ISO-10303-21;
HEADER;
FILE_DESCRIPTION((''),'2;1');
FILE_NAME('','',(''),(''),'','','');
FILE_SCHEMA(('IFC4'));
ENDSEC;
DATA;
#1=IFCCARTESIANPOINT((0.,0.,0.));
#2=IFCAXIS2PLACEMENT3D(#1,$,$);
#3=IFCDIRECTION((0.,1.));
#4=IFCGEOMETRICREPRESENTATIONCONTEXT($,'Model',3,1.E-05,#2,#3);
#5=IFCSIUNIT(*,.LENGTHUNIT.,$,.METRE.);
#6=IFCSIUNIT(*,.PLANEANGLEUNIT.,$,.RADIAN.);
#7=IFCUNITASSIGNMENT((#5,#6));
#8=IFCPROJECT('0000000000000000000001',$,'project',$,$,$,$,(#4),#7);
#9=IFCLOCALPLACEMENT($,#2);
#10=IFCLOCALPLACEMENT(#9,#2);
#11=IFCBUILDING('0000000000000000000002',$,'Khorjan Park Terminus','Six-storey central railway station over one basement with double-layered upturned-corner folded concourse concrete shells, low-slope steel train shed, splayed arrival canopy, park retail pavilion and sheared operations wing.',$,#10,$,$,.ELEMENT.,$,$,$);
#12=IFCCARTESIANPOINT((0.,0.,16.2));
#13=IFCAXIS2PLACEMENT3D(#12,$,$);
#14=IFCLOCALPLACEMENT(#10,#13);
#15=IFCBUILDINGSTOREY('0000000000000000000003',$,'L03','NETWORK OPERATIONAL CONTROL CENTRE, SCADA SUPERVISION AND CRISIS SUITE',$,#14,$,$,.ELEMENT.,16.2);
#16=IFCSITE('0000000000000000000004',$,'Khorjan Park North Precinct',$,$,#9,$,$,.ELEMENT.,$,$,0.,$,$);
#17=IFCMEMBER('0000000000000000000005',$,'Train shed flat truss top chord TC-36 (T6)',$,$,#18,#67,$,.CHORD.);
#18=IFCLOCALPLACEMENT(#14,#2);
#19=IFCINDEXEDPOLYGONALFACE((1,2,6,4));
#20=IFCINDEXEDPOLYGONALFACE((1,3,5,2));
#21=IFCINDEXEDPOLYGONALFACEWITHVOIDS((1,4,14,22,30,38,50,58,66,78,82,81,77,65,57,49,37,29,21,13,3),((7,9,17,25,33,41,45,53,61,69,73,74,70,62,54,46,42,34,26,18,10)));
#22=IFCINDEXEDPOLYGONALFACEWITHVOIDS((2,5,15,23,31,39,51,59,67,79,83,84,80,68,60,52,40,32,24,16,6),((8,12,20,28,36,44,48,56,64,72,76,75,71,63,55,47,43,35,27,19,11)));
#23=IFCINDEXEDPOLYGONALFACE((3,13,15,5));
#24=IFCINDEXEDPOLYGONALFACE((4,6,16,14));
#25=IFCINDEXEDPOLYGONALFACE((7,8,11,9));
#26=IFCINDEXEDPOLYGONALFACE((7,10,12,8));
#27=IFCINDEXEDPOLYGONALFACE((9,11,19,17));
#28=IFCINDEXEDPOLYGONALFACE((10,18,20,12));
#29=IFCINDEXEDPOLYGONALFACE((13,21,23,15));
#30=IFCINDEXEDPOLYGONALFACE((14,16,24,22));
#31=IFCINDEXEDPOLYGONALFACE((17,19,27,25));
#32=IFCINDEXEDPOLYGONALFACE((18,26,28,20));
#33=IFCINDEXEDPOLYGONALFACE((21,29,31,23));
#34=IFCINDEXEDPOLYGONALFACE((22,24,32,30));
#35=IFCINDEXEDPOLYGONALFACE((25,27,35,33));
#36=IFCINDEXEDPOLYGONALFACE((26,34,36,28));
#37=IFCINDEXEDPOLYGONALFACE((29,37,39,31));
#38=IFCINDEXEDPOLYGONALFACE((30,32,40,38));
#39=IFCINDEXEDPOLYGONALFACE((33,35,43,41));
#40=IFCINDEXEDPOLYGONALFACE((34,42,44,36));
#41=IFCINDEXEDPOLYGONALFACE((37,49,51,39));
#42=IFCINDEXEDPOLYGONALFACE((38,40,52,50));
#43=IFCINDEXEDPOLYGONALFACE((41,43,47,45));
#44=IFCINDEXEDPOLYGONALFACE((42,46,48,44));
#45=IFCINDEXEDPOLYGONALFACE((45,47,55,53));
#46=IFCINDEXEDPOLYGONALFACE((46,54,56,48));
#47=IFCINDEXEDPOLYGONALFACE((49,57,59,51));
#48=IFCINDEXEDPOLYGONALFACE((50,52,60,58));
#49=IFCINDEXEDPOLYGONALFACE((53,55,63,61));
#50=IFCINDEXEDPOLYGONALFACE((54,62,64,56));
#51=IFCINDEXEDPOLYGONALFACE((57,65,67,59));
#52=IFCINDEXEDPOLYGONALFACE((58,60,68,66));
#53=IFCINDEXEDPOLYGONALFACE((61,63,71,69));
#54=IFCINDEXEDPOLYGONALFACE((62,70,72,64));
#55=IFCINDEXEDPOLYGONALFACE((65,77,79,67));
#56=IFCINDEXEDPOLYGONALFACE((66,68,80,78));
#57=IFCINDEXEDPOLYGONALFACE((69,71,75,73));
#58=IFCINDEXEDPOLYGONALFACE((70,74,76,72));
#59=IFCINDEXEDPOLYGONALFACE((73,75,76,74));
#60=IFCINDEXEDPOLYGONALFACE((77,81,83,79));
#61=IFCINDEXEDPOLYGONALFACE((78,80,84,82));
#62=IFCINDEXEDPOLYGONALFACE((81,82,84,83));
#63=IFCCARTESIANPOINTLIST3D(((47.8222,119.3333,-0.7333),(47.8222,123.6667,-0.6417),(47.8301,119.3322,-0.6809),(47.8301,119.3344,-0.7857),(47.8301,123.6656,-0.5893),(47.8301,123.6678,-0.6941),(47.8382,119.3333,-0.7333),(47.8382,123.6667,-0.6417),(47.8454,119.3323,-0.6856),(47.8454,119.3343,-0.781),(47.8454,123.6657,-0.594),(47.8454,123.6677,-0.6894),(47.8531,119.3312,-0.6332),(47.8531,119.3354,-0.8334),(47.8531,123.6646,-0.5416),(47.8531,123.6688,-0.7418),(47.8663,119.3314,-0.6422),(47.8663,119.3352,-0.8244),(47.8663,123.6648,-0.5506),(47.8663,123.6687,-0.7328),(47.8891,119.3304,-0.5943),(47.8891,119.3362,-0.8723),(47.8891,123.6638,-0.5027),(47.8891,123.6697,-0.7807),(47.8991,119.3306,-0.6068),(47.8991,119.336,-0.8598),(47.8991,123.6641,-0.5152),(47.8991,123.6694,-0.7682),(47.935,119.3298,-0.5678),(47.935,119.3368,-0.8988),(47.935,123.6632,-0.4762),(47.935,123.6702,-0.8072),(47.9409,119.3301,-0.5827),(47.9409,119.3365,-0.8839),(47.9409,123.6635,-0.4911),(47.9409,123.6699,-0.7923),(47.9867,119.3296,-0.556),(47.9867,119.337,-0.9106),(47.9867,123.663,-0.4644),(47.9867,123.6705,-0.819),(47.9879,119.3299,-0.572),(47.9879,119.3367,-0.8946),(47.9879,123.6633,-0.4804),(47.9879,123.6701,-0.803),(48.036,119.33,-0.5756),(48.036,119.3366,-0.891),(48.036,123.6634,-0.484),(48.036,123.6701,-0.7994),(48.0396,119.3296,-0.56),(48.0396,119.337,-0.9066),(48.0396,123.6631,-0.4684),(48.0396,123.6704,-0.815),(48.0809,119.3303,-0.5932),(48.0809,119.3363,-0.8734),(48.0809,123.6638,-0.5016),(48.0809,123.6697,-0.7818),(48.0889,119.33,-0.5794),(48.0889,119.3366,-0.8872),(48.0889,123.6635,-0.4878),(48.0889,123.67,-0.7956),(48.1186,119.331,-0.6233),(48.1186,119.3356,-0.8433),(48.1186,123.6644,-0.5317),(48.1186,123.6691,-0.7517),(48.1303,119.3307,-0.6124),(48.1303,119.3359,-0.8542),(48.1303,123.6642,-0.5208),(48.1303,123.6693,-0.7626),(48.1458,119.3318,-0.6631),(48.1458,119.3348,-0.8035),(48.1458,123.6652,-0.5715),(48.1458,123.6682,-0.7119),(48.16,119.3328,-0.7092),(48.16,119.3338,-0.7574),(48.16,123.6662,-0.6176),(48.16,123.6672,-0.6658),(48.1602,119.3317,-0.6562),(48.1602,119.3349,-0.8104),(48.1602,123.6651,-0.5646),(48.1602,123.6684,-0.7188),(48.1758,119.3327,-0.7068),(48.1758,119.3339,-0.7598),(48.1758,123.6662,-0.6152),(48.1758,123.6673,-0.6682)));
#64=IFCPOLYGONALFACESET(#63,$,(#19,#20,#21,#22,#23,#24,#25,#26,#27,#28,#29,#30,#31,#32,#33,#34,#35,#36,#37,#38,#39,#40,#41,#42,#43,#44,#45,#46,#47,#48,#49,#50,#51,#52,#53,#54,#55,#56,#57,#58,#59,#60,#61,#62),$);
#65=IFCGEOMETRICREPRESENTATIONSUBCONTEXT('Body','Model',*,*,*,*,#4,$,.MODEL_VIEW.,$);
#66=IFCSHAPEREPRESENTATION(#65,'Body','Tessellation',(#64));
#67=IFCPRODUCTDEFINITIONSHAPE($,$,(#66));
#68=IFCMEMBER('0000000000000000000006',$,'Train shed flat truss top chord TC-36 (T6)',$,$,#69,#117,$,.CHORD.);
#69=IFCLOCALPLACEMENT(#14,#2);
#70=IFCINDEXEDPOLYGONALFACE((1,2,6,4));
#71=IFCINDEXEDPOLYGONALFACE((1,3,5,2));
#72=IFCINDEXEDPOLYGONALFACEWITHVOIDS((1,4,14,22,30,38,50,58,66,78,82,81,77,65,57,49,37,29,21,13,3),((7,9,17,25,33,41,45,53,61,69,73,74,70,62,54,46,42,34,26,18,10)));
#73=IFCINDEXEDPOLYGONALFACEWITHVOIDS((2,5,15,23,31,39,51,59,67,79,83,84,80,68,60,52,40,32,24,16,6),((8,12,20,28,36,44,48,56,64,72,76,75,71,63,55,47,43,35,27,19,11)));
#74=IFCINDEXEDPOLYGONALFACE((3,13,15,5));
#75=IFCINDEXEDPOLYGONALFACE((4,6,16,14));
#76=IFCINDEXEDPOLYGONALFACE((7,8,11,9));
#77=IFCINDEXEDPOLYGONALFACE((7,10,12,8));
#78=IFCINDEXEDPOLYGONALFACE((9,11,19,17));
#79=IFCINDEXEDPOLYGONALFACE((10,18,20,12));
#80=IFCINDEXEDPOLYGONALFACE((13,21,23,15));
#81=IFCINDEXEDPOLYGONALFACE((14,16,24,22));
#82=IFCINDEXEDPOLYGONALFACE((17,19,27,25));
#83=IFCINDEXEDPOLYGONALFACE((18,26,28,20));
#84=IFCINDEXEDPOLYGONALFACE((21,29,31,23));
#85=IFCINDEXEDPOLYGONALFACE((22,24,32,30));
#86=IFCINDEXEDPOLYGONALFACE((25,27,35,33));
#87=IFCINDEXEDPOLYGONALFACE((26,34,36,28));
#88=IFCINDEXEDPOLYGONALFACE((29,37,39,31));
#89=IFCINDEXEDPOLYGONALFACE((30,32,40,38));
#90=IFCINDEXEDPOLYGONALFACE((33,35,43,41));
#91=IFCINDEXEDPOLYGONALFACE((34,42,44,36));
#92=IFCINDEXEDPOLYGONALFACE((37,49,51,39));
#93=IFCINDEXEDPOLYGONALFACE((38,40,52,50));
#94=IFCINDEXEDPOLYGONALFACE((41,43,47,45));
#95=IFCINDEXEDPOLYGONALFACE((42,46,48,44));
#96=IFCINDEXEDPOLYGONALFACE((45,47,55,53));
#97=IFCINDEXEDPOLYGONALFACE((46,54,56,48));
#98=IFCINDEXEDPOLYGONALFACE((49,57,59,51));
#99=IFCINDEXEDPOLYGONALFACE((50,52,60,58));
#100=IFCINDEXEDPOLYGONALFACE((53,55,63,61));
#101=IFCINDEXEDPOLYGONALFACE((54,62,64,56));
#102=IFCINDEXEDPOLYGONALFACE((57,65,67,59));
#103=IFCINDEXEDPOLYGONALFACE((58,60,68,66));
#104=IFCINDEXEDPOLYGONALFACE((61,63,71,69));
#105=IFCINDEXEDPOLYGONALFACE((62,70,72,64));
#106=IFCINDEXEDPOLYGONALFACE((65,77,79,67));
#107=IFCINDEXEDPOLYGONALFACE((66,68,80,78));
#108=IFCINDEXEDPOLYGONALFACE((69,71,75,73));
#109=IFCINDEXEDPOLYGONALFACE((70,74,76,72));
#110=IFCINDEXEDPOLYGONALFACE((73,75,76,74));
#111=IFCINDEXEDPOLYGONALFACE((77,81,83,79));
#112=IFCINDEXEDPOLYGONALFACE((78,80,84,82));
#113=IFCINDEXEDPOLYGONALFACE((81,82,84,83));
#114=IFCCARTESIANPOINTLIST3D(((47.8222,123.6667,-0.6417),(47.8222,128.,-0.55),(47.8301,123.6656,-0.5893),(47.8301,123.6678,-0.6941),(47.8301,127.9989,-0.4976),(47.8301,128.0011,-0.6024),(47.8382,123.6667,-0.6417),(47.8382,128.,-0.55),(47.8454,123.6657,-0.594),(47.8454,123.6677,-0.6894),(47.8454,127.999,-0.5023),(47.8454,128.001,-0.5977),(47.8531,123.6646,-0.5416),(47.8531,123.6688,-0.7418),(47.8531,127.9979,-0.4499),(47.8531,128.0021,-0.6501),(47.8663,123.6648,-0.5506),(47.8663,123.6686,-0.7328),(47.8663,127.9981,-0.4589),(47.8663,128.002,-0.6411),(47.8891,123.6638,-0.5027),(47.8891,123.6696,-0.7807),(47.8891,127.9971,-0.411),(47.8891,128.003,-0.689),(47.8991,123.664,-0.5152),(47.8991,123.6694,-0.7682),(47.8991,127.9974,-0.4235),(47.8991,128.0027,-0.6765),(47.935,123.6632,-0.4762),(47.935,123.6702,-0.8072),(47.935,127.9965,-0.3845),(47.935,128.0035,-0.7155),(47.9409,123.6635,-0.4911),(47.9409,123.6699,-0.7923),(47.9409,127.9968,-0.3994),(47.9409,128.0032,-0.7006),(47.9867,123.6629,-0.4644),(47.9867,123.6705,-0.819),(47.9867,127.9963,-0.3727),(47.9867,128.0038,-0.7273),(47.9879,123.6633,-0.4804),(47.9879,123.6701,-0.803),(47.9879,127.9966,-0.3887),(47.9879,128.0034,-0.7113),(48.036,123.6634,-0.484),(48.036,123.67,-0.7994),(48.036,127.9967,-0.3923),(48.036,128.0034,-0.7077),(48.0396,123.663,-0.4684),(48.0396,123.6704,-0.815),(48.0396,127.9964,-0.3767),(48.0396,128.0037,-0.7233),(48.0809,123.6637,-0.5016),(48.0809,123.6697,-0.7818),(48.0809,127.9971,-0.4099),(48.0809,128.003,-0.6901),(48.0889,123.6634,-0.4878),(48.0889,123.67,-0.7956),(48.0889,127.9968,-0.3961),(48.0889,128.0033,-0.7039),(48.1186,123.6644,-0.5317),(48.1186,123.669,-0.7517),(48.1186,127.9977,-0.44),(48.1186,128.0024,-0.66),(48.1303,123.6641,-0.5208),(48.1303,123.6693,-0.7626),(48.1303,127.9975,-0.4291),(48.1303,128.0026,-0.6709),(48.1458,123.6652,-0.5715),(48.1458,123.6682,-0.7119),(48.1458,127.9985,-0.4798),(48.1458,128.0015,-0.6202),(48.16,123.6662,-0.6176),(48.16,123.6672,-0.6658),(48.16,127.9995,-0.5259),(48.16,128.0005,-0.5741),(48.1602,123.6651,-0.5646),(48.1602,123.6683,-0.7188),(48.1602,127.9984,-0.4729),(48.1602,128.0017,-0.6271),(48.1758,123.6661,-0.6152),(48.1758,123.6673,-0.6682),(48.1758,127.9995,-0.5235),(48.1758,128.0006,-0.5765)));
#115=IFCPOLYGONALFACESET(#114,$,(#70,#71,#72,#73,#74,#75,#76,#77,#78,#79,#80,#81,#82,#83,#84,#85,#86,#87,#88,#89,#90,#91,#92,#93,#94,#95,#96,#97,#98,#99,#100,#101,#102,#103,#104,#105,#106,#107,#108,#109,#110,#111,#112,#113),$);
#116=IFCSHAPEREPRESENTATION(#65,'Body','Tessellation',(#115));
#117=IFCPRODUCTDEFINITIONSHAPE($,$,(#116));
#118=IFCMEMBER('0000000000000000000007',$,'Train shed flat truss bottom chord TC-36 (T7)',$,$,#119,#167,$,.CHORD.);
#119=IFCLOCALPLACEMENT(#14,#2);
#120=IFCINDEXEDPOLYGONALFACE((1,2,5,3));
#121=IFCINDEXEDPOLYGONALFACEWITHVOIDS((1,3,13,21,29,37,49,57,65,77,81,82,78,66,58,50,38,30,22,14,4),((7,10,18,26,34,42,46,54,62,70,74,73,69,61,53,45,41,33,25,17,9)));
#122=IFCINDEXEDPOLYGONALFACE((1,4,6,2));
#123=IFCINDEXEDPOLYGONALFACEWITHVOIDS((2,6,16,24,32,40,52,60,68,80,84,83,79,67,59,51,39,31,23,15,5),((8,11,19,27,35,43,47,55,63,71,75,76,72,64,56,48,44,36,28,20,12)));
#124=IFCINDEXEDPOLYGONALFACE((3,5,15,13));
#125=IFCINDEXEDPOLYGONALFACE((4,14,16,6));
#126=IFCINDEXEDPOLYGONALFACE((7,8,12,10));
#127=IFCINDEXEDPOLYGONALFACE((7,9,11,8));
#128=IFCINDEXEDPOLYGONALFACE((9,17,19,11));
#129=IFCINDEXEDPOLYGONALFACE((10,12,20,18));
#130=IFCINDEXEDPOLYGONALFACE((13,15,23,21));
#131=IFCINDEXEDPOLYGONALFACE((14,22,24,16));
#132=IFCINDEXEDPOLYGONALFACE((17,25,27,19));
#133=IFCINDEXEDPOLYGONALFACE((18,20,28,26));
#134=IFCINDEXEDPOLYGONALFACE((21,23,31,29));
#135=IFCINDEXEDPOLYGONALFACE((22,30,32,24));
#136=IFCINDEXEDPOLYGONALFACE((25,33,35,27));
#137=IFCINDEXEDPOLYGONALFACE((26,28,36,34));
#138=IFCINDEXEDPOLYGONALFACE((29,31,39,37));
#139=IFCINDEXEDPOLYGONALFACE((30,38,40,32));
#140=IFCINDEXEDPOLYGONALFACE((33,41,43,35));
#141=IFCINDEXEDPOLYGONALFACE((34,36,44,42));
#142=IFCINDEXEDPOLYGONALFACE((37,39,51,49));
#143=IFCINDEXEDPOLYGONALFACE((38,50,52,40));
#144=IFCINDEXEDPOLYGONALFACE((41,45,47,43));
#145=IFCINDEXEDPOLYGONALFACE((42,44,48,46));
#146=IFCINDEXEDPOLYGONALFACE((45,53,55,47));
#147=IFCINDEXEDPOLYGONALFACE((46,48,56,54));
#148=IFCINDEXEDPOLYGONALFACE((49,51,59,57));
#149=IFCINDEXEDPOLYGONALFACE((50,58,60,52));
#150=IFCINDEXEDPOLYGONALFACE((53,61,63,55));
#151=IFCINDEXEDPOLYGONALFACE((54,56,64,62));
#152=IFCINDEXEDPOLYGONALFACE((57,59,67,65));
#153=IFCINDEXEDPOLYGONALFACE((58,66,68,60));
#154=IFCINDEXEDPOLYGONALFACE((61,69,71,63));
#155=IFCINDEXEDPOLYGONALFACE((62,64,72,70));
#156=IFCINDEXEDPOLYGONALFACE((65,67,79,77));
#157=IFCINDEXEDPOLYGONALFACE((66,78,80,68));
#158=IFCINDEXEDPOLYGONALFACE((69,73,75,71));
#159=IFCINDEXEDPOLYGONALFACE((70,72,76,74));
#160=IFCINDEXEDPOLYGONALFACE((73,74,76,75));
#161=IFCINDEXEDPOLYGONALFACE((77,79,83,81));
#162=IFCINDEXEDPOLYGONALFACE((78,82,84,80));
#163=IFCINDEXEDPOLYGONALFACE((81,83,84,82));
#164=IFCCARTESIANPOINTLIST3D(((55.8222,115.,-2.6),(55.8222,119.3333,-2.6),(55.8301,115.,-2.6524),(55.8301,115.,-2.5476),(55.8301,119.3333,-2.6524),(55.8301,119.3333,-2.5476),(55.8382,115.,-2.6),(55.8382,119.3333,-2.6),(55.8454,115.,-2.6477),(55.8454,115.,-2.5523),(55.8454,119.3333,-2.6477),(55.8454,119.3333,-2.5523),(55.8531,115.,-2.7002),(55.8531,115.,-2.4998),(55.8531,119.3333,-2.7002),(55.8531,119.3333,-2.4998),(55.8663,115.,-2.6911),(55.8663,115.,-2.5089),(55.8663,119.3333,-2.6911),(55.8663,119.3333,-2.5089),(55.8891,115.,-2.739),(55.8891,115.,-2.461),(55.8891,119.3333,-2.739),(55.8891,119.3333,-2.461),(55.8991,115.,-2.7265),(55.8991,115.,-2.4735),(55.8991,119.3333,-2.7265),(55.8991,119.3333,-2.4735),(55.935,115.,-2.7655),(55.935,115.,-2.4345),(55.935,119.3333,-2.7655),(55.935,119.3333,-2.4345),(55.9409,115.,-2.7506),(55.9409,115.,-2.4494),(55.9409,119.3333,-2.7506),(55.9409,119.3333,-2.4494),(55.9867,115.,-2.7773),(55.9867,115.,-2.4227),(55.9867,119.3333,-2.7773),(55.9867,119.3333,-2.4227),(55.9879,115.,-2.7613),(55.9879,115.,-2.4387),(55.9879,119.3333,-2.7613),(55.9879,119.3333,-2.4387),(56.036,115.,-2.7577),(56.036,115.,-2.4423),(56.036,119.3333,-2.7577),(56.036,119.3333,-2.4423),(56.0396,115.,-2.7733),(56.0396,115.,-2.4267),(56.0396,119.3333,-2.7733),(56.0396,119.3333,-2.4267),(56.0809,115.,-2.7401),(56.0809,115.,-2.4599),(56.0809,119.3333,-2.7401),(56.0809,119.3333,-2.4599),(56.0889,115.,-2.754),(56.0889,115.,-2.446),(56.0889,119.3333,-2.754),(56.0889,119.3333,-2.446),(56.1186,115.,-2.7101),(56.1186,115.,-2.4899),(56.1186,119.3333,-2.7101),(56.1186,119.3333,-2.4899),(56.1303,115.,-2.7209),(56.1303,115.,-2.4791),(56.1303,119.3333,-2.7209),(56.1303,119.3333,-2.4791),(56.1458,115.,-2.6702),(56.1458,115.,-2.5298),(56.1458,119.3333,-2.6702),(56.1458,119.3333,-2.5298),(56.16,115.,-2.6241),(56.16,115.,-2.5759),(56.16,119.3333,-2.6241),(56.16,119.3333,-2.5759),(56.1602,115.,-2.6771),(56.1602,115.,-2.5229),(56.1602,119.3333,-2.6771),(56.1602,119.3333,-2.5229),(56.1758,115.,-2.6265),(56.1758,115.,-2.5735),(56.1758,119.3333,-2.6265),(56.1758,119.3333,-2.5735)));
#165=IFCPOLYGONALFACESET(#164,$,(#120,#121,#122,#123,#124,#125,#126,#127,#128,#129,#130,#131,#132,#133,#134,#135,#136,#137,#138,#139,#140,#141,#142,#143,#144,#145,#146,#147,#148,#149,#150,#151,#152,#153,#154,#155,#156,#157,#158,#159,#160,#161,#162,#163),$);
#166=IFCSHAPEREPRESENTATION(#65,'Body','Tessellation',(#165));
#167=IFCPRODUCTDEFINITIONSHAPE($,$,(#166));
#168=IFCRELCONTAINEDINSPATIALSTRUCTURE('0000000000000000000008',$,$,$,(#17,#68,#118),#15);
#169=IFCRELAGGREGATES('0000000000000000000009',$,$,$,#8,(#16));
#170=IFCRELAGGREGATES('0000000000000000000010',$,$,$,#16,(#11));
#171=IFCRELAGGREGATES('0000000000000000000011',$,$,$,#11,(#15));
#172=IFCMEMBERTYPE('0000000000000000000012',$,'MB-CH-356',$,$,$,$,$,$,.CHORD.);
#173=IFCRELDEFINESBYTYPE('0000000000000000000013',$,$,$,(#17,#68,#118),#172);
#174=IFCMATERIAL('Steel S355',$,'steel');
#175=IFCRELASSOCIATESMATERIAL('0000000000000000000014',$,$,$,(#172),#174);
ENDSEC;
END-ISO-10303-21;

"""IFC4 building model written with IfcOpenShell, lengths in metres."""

from ifc_helpers import new_model, si_unit, direction, frame, origin, origin_2d, place, context, subcontext, project, spatial, hollow_circle, extrude, material, material_profile, profile_set, type_object, element, save


model = new_model("IFC4")

# Units and contexts
model_context = context("Model", 3, precision=1e-05, world=origin(), true_north=direction((0.0, 1.0)))
body_context = subcontext(model_context, "Body", "Model", "MODEL_VIEW")
ifc_project = project(units=[si_unit("LENGTHUNIT", "METRE"), si_unit("PLANEANGLEUNIT", "RADIAN")], contexts=[model_context])

# Site, building, storey
site_placement = place(None, origin())
site = spatial("IfcSite", under=ifc_project, at=site_placement, Name="Khorjan Park North Precinct", CompositionType="ELEMENT", RefElevation=0.0)
building_placement = place(site_placement, origin())
building = spatial("IfcBuilding", under=site, at=building_placement, Name="Khorjan Park Terminus", Description="Six-storey central railway station over one basement with double-layered upturned-corner folded concourse concrete shells, low-slope steel train shed, splayed arrival canopy, park retail pavilion and sheared operations wing.", CompositionType="ELEMENT")
storey_placement = place(building_placement, frame((0.0, 0.0, 16.2)))
storey = spatial("IfcBuildingStorey", under=building, at=storey_placement, Name="L03", Description="NETWORK OPERATIONAL CONTROL CENTRE, SCADA SUPERVISION AND CRISIS SUITE", CompositionType="ELEMENT", Elevation=16.2)

# Members
ifc_material = material(Name="Steel S355", Category="steel")
ifc_material_profile_1 = material_profile(ifc_material, hollow_circle(Radius=0.1778, WallThickness=0.016, at=origin_2d()), Name="CHS 355.6x16")
ifc_profile_set_1 = profile_set([ifc_material_profile_1], Name="Steel S355")
member_type_1 = type_object("IfcMemberType", Name="MB-CH-356", PredefinedType="CHORD", material=ifc_profile_set_1)
member_1_placement = place(storey_placement, frame((48.0, 119.3333, -0.7333), z_axis=(0.0, 0.999777, 0.021133), x_axis=(-1.0, 0.0, 0.0)))
element("IfcMember", 1, at=member_1_placement, inside=storey, type_object=member_type_1, Name="Train shed flat truss top chord TC-36 (T6)", PredefinedType="CHORD", context=body_context, shape_type="SweptSolid", body=[
    extrude(hollow_circle(Radius=0.1778, WallThickness=0.016, at=origin_2d()), origin(), (0.0, 0.0, 1.0), 4.3344),
])
member_2_placement = place(storey_placement, frame((48.0, 123.6667, -0.6417), z_axis=(0.0, 0.999776, 0.021157), x_axis=(-1.0, 0.0, 0.0)))
element("IfcMember", 2, at=member_2_placement, inside=storey, type_object=member_type_1, Name="Train shed flat truss top chord TC-36 (T6)", PredefinedType="CHORD", context=body_context, shape_type="SweptSolid", body=[
    extrude(hollow_circle(Radius=0.1778, WallThickness=0.016, at=origin_2d()), origin(), (0.0, 0.0, 1.0), 4.3343),
])
member_3_placement = place(storey_placement, frame((56.0, 115.0, -2.6), z_axis=(0.0, 1.0, 0.0), x_axis=(-1.0, 0.0, 0.0)))
element("IfcMember", 3, at=member_3_placement, inside=storey, type_object=member_type_1, Name="Train shed flat truss bottom chord TC-36 (T7)", PredefinedType="CHORD", context=body_context, shape_type="SweptSolid", body=[
    extrude(hollow_circle(Radius=0.1778, WallThickness=0.016, at=origin_2d()), origin(), (0.0, 0.0, 1.0), 4.3333),
])

save(model, "model.ifc")
